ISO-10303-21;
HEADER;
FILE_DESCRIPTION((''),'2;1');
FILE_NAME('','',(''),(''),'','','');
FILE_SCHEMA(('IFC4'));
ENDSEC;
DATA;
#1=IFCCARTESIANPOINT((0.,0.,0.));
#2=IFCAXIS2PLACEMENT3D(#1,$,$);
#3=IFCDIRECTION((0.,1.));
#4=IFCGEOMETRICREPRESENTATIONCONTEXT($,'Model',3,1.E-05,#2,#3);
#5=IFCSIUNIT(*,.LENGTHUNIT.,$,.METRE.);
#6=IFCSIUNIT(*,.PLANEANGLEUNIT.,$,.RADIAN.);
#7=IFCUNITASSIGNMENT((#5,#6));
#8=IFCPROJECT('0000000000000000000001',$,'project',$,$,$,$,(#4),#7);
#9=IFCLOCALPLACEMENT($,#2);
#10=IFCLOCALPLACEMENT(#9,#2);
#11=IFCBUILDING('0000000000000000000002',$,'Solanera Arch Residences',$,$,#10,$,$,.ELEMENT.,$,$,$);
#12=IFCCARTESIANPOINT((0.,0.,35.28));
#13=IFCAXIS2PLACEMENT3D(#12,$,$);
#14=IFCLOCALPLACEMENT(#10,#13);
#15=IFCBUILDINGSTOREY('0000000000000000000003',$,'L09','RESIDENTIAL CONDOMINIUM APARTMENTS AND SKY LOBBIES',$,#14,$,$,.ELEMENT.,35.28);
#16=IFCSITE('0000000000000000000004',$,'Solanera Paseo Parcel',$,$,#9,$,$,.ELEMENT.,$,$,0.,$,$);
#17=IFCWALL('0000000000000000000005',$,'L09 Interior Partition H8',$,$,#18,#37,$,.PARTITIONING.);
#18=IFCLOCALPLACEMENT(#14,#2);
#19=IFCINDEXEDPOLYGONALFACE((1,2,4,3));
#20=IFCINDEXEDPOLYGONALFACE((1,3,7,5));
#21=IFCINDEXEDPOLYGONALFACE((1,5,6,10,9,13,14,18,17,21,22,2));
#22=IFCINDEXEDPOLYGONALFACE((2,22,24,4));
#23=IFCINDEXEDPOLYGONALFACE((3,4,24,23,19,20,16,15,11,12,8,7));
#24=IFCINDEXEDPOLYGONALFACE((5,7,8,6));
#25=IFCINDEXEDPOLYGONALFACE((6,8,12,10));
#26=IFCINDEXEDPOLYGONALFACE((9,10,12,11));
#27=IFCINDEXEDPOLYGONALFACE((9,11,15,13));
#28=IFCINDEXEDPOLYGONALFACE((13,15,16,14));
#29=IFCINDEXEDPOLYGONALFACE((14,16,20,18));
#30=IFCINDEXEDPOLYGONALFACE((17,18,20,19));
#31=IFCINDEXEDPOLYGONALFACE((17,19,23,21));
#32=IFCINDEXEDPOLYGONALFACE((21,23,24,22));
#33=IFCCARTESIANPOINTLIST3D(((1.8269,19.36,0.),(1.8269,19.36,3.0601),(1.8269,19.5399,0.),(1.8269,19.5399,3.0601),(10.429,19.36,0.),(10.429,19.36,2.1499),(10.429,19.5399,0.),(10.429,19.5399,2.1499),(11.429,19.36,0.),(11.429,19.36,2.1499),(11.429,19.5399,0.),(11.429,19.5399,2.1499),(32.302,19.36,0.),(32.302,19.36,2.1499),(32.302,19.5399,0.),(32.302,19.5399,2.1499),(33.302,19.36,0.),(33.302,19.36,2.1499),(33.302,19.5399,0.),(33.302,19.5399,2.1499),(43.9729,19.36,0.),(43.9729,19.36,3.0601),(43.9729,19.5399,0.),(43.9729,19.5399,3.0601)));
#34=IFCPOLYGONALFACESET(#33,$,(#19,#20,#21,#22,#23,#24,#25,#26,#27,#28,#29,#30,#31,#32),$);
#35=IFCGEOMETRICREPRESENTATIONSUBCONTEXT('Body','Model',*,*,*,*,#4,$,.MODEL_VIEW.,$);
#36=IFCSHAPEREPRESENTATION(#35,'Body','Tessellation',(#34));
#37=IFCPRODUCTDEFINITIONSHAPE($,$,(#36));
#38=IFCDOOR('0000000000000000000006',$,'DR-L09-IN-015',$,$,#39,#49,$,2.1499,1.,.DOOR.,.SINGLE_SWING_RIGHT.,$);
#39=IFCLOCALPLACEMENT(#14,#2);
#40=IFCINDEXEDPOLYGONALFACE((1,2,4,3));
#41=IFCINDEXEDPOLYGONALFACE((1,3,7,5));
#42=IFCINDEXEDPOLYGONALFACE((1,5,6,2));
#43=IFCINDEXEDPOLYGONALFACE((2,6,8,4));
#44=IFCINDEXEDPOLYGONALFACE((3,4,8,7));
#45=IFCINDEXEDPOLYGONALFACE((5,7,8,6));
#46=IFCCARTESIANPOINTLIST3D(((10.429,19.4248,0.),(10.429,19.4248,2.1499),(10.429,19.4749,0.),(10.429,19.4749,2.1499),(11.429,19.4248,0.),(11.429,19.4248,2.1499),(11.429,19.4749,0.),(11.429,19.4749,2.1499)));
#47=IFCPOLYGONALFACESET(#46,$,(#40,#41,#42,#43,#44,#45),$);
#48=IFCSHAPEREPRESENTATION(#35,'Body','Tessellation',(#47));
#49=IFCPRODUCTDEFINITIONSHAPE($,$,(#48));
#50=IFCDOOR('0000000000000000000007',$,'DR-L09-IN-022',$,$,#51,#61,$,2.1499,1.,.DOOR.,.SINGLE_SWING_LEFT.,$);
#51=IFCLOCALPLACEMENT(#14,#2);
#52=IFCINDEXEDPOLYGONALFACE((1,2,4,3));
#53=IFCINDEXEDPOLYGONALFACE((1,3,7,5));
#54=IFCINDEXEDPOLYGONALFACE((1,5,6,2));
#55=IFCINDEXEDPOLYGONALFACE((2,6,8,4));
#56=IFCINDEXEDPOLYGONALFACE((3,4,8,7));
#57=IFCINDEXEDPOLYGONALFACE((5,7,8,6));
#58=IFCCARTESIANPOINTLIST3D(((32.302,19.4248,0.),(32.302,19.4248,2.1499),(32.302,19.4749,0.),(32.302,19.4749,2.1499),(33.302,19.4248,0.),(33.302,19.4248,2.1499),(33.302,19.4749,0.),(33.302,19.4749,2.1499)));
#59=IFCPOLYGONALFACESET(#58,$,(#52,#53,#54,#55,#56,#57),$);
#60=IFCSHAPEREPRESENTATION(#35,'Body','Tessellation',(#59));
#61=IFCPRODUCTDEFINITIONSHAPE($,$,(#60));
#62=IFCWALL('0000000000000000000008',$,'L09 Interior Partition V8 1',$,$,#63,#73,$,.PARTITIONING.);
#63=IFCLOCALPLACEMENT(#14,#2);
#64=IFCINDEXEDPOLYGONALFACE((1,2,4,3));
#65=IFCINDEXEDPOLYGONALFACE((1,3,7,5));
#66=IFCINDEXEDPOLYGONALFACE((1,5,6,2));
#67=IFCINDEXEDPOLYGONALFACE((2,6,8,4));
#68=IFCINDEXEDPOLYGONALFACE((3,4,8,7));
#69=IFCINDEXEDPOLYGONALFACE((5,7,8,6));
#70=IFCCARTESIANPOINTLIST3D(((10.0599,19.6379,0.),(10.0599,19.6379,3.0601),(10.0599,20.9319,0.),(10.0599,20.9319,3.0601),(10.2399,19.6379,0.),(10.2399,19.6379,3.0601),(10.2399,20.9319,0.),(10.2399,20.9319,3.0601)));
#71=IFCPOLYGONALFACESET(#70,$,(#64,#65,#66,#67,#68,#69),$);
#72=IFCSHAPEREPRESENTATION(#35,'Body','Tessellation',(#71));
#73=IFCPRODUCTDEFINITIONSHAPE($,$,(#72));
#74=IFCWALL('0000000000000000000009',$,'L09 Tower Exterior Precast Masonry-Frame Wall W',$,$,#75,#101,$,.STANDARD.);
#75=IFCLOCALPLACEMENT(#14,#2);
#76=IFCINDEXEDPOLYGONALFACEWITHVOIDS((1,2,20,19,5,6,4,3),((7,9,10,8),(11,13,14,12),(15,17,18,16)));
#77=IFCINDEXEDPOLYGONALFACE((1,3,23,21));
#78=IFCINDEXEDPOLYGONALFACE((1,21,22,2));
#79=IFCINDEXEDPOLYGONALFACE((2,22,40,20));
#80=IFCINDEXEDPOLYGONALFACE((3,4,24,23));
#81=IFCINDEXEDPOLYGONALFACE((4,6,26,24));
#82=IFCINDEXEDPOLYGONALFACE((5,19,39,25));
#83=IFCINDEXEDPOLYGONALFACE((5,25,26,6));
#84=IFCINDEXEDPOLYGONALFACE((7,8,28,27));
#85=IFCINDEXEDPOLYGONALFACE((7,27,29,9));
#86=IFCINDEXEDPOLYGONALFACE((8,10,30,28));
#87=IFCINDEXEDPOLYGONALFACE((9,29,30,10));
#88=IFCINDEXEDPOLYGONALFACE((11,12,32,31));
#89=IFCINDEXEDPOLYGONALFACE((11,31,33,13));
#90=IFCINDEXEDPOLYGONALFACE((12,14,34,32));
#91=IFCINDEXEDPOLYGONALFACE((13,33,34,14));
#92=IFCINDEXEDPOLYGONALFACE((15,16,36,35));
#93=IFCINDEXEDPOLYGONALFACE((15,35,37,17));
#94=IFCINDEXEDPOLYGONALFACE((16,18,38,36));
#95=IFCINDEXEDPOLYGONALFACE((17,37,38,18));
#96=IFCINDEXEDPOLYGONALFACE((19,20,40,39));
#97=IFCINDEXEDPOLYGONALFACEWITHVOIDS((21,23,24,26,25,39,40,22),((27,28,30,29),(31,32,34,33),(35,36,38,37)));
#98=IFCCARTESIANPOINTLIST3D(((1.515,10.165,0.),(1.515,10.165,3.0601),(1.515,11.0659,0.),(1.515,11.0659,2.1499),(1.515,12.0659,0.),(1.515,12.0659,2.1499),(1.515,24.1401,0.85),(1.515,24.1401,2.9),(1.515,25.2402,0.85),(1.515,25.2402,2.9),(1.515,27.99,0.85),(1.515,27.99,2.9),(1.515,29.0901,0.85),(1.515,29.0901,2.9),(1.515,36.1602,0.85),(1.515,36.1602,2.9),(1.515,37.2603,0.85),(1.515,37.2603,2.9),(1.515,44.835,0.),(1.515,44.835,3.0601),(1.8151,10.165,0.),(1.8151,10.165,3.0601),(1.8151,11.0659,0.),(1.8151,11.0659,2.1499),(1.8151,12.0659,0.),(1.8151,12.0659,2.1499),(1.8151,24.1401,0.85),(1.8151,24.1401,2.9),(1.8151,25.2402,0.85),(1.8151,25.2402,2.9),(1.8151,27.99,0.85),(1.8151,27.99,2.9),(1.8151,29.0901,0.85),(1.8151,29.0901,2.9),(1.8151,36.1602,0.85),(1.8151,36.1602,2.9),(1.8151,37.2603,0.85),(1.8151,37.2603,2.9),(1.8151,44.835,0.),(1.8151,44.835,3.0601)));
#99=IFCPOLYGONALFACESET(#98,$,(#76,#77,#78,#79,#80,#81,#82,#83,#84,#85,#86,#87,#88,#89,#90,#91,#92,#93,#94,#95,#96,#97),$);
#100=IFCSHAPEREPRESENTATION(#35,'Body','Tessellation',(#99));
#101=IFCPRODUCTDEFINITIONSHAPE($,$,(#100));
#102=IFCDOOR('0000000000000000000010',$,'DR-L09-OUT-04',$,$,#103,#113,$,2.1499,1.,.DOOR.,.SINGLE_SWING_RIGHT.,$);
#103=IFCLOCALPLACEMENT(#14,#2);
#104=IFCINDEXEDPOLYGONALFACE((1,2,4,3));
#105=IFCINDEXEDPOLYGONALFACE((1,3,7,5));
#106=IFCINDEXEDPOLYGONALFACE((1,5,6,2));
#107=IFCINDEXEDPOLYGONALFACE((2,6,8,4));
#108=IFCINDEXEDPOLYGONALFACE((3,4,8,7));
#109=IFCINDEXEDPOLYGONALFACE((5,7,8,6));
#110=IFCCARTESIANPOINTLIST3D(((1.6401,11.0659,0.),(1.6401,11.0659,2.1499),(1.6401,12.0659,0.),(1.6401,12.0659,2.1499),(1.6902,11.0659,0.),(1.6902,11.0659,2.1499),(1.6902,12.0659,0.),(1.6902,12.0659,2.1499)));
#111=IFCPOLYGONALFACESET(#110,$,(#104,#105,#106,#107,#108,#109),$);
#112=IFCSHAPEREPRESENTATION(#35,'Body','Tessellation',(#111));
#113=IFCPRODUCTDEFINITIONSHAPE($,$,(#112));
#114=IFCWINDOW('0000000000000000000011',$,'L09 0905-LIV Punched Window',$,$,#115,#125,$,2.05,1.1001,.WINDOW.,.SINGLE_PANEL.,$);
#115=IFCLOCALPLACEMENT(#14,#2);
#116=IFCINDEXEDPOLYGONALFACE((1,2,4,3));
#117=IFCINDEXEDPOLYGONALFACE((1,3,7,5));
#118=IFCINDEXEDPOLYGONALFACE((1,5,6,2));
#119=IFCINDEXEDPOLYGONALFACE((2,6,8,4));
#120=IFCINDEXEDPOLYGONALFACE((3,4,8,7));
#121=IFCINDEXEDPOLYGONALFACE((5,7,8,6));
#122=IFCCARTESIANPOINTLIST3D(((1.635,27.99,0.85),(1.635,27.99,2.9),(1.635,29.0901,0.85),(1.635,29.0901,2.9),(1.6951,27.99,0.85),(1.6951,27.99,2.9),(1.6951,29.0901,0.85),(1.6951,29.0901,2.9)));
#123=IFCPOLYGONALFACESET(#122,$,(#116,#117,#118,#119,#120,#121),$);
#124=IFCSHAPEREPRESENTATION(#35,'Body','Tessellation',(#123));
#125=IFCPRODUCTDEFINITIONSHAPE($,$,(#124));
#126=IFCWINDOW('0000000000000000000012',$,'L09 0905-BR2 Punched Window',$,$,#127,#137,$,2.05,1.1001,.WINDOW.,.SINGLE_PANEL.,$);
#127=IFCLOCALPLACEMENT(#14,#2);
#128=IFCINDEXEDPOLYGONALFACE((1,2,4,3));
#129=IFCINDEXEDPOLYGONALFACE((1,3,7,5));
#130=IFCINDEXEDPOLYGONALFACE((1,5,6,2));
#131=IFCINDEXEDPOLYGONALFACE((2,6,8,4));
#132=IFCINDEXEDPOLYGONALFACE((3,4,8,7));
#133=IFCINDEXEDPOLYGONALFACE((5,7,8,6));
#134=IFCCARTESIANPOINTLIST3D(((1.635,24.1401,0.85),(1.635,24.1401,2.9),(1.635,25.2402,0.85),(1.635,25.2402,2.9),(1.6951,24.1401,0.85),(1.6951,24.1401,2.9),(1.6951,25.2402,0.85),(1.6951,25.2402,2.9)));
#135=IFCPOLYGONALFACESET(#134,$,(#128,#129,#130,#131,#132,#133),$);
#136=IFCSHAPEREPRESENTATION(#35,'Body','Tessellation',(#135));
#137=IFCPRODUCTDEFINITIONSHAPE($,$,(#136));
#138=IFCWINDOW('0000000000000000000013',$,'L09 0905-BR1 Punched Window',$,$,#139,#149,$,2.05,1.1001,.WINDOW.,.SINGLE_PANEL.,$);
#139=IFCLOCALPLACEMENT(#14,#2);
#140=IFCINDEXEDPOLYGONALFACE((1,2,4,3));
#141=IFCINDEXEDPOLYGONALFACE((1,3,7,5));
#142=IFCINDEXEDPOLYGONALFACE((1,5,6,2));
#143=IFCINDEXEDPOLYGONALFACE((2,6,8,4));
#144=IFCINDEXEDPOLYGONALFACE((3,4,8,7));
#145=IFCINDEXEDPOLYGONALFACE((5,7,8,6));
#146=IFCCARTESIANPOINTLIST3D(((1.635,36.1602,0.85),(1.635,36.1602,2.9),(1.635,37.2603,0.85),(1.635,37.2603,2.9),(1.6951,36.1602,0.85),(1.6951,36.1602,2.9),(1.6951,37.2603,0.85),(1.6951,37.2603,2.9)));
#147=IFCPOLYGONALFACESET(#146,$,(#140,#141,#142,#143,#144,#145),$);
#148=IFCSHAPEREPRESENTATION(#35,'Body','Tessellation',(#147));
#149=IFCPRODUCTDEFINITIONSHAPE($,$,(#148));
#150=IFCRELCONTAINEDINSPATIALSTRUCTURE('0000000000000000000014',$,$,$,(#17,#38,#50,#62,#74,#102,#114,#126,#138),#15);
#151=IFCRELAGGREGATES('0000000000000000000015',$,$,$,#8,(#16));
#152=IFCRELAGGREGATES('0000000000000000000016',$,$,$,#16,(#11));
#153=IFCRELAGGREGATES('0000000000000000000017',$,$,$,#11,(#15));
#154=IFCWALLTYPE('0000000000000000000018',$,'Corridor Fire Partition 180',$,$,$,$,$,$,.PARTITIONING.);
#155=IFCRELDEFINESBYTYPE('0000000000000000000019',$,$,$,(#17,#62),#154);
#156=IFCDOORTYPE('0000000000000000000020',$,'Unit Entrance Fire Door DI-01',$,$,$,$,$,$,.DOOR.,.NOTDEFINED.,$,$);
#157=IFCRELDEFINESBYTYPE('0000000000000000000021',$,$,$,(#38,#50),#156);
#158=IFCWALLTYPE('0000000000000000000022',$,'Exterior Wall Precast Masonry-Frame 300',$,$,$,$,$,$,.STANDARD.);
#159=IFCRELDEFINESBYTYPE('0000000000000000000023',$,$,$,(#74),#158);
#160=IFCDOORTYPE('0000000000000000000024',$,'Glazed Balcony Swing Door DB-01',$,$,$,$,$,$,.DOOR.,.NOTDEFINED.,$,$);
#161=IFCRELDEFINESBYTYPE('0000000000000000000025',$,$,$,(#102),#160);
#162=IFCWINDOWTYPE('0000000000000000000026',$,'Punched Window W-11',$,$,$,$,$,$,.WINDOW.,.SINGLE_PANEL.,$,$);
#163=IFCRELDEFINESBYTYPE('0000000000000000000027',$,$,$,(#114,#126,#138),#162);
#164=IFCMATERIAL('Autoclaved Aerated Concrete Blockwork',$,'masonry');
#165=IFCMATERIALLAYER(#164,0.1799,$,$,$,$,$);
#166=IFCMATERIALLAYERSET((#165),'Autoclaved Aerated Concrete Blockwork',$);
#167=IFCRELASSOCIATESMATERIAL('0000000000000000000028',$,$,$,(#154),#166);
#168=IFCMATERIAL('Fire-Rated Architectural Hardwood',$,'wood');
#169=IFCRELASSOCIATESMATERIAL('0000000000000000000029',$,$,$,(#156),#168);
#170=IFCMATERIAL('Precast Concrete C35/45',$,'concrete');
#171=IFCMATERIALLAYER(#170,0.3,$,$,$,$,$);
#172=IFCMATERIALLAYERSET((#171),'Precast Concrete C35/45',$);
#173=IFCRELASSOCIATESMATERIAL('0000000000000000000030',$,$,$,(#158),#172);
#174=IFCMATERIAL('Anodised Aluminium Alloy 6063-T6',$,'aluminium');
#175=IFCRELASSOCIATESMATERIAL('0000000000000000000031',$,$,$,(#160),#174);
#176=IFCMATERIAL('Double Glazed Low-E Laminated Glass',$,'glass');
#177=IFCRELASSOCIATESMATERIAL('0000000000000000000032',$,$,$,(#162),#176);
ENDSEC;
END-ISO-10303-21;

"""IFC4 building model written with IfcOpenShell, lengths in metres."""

from ifc_helpers import new_model, si_unit, direction, frame, frame_2d, origin, place, context, subcontext, project, spatial, rectangle, extrude, material, layer, layer_set, type_object, element, fill, save


model = new_model("IFC4")

# Units and contexts
model_context = context("Model", 3, precision=1e-05, world=origin(), true_north=direction((0.0, 1.0)))
body_context = subcontext(model_context, "Body", "Model", "MODEL_VIEW")
ifc_project = project(units=[si_unit("LENGTHUNIT", "METRE"), si_unit("PLANEANGLEUNIT", "RADIAN")], contexts=[model_context])

# Site, building, storey
site_placement = place(None, origin())
site = spatial("IfcSite", under=ifc_project, at=site_placement, Name="Solanera Paseo Parcel", CompositionType="ELEMENT", RefElevation=0.0)
building_placement = place(site_placement, origin())
building = spatial("IfcBuilding", under=site, at=building_placement, Name="Solanera Arch Residences", CompositionType="ELEMENT")
storey_placement = place(building_placement, frame((0.0, 0.0, 35.28)))
storey = spatial("IfcBuildingStorey", under=building, at=storey_placement, Name="L09", Description="RESIDENTIAL CONDOMINIUM APARTMENTS AND SKY LOBBIES", CompositionType="ELEMENT", Elevation=35.28)

# Wall, openings, doors
ifc_material_1 = material(Name="Autoclaved Aerated Concrete Blockwork", Category="masonry")
ifc_layer_1 = layer(ifc_material_1, 0.1799)
ifc_layer_set_1 = layer_set([ifc_layer_1], Name="Autoclaved Aerated Concrete Blockwork")
wall_type_1 = type_object("IfcWallType", Name="Corridor Fire Partition 180", PredefinedType="PARTITIONING", material=ifc_layer_set_1)
wall_1_placement = place(storey_placement, frame((1.8269, 19.45, 0.0), z_axis=(0.0, 0.0, 1.0), x_axis=(1.0, 0.0, 0.0)))
wall_1 = element("IfcWall", 1, at=wall_1_placement, inside=storey, type_object=wall_type_1, Name="L09 Interior Partition H8", PredefinedType="PARTITIONING", context=body_context, shape_type="SweptSolid", body=[
    extrude(rectangle(XDim=42.146, YDim=0.1799, at=frame_2d((21.073, 0.0))), origin(), (0.0, 0.0, 1.0), 3.0601),
])
opening_1_placement = place(wall_1_placement, frame((8.6021, 0.0, 0.0)))
opening_1 = element("IfcOpeningElement", 2, at=opening_1_placement, cuts=wall_1, PredefinedType="OPENING", context=body_context, shape_type="SweptSolid", body=[
    extrude(rectangle(XDim=1.0, YDim=2.1499, at=frame_2d((0.5, 1.075))), frame((0.0, 0.1001, 0.0), z_axis=(0.0, -1.0, 0.0), x_axis=(1.0, 0.0, 0.0)), (0.0, 0.0, 1.0), 0.1999),
])
opening_2_placement = place(wall_1_placement, frame((30.4751, 0.0, 0.0)))
opening_2 = element("IfcOpeningElement", 3, at=opening_2_placement, cuts=wall_1, PredefinedType="OPENING", context=body_context, shape_type="SweptSolid", body=[
    extrude(rectangle(XDim=1.0, YDim=2.1499, at=frame_2d((0.5, 1.075))), frame((0.0, 0.1001, 0.0), z_axis=(0.0, -1.0, 0.0), x_axis=(1.0, 0.0, 0.0)), (0.0, 0.0, 1.0), 0.1999),
])
ifc_material_2 = material(Name="Fire-Rated Architectural Hardwood", Category="wood")
door_type_1 = type_object("IfcDoorType", Name="Unit Entrance Fire Door DI-01", OperationType="NOTDEFINED", PredefinedType="DOOR", material=ifc_material_2)
door_1_placement = place(opening_1_placement, origin())
door_1 = element("IfcDoor", 4, at=door_1_placement, inside=storey, type_object=door_type_1, Name="DR-L09-IN-015", OperationType="SINGLE_SWING_RIGHT", OverallHeight=2.1499, OverallWidth=1.0, PredefinedType="DOOR", context=body_context, shape_type="SweptSolid", body=[
    extrude(rectangle(XDim=1.0, YDim=2.1499, at=frame_2d((0.5, 1.075))), frame((0.0, 0.0249, 0.0), z_axis=(0.0, -1.0, 0.0), x_axis=(1.0, 0.0, 0.0)), (0.0, 0.0, 1.0), 0.05),
])
fill(opening_1, door_1)
door_2_placement = place(opening_2_placement, origin())
door_2 = element("IfcDoor", 5, at=door_2_placement, inside=storey, type_object=door_type_1, Name="DR-L09-IN-022", OperationType="SINGLE_SWING_LEFT", OverallHeight=2.1499, OverallWidth=1.0, PredefinedType="DOOR", context=body_context, shape_type="SweptSolid", body=[
    extrude(rectangle(XDim=1.0, YDim=2.1499, at=frame_2d((0.5, 1.075))), frame((0.0, 0.0249, 0.0), z_axis=(0.0, -1.0, 0.0), x_axis=(1.0, 0.0, 0.0)), (0.0, 0.0, 1.0), 0.05),
])
fill(opening_2, door_2)

# Wall
wall_2_placement = place(storey_placement, frame((10.1499, 19.6379, 0.0), z_axis=(0.0, 0.0, 1.0), x_axis=(0.0, 1.0, 0.0)))
element("IfcWall", 6, at=wall_2_placement, inside=storey, type_object=wall_type_1, Name="L09 Interior Partition V8 1", PredefinedType="PARTITIONING", context=body_context, shape_type="SweptSolid", body=[
    extrude(rectangle(XDim=1.2939, YDim=0.1799, at=frame_2d((0.647, 0.0))), origin(), (0.0, 0.0, 1.0), 3.0601),
])

# Wall, openings, door, windows
ifc_material_3 = material(Name="Precast Concrete C35/45", Category="concrete")
ifc_layer_2 = layer(ifc_material_3, 0.3)
ifc_layer_set_2 = layer_set([ifc_layer_2], Name="Precast Concrete C35/45")
wall_type_2 = type_object("IfcWallType", Name="Exterior Wall Precast Masonry-Frame 300", PredefinedType="STANDARD", material=ifc_layer_set_2)
wall_3_placement = place(storey_placement, frame((1.665, 10.165, 0.0), z_axis=(0.0, 0.0, 1.0), x_axis=(0.0, 1.0, 0.0)))
wall_3 = element("IfcWall", 7, at=wall_3_placement, inside=storey, type_object=wall_type_2, Name="L09 Tower Exterior Precast Masonry-Frame Wall W", PredefinedType="STANDARD", context=body_context, shape_type="SweptSolid", body=[
    extrude(rectangle(XDim=34.6699, YDim=0.3, at=frame_2d((17.335, 0.0))), origin(), (0.0, 0.0, 1.0), 3.0601),
])
opening_3_placement = place(wall_3_placement, frame((0.9009, 0.0, 0.0)))
opening_3 = element("IfcOpeningElement", 8, at=opening_3_placement, cuts=wall_3, PredefinedType="OPENING", context=body_context, shape_type="SweptSolid", body=[
    extrude(rectangle(XDim=1.0, YDim=2.1499, at=frame_2d((0.5, 1.075))), frame((0.0, 0.1599, 0.0), z_axis=(0.0, -1.0, 0.0), x_axis=(1.0, 0.0, 0.0)), (0.0, 0.0, 1.0), 0.32),
])
opening_4_placement = place(wall_3_placement, frame((17.825, 0.0, 0.8501)))
opening_4 = element("IfcOpeningElement", 9, at=opening_4_placement, cuts=wall_3, PredefinedType="OPENING", context=body_context, shape_type="SweptSolid", body=[
    extrude(rectangle(XDim=1.1001, YDim=2.05, at=frame_2d((0.55, 1.0249))), frame((0.0, 0.1599, 0.0), z_axis=(0.0, -1.0, 0.0), x_axis=(1.0, 0.0, 0.0)), (0.0, 0.0, 1.0), 0.32),
])
opening_5_placement = place(wall_3_placement, frame((13.9751, 0.0, 0.8501)))
opening_5 = element("IfcOpeningElement", 10, at=opening_5_placement, cuts=wall_3, PredefinedType="OPENING", context=body_context, shape_type="SweptSolid", body=[
    extrude(rectangle(XDim=1.1001, YDim=2.05, at=frame_2d((0.55, 1.0249))), frame((0.0, 0.1599, 0.0), z_axis=(0.0, -1.0, 0.0), x_axis=(1.0, 0.0, 0.0)), (0.0, 0.0, 1.0), 0.32),
])
opening_6_placement = place(wall_3_placement, frame((25.9951, 0.0, 0.8501)))
opening_6 = element("IfcOpeningElement", 11, at=opening_6_placement, cuts=wall_3, PredefinedType="OPENING", context=body_context, shape_type="SweptSolid", body=[
    extrude(rectangle(XDim=1.1001, YDim=2.05, at=frame_2d((0.55, 1.0249))), frame((0.0, 0.1599, 0.0), z_axis=(0.0, -1.0, 0.0), x_axis=(1.0, 0.0, 0.0)), (0.0, 0.0, 1.0), 0.32),
])
ifc_material_4 = material(Name="Anodised Aluminium Alloy 6063-T6", Category="aluminium")
door_type_2 = type_object("IfcDoorType", Name="Glazed Balcony Swing Door DB-01", OperationType="NOTDEFINED", PredefinedType="DOOR", material=ifc_material_4)
door_3_placement = place(opening_3_placement, origin())
door_3 = element("IfcDoor", 12, at=door_3_placement, inside=storey, type_object=door_type_2, Name="DR-L09-OUT-04", OperationType="SINGLE_SWING_RIGHT", OverallHeight=2.1499, OverallWidth=1.0, PredefinedType="DOOR", context=body_context, shape_type="SweptSolid", body=[
    extrude(rectangle(XDim=1.0, YDim=2.1499, at=frame_2d((0.5, 1.075))), frame((0.0, 0.0249, 0.0), z_axis=(0.0, -1.0, 0.0), x_axis=(1.0, 0.0, 0.0)), (0.0, 0.0, 1.0), 0.05),
])
fill(opening_3, door_3)
ifc_material_5 = material(Name="Double Glazed Low-E Laminated Glass", Category="glass")
window_type = type_object("IfcWindowType", Name="Punched Window W-11", PartitioningType="SINGLE_PANEL", PredefinedType="WINDOW", material=ifc_material_5)
window_1_placement = place(opening_4_placement, origin())
window_1 = element("IfcWindow", 13, at=window_1_placement, inside=storey, type_object=window_type, Name="L09 0905-LIV Punched Window", OverallHeight=2.05, OverallWidth=1.1001, PartitioningType="SINGLE_PANEL", PredefinedType="WINDOW", context=body_context, shape_type="SweptSolid", body=[
    extrude(rectangle(XDim=1.1001, YDim=2.05, at=frame_2d((0.55, 1.0249))), frame((0.0, 0.03, 0.0), z_axis=(0.0, -1.0, 0.0), x_axis=(1.0, 0.0, 0.0)), (0.0, 0.0, 1.0), 0.0601),
])
fill(opening_4, window_1)
window_2_placement = place(opening_5_placement, origin())
window_2 = element("IfcWindow", 14, at=window_2_placement, inside=storey, type_object=window_type, Name="L09 0905-BR2 Punched Window", OverallHeight=2.05, OverallWidth=1.1001, PartitioningType="SINGLE_PANEL", PredefinedType="WINDOW", context=body_context, shape_type="SweptSolid", body=[
    extrude(rectangle(XDim=1.1001, YDim=2.05, at=frame_2d((0.55, 1.0249))), frame((0.0, 0.03, 0.0), z_axis=(0.0, -1.0, 0.0), x_axis=(1.0, 0.0, 0.0)), (0.0, 0.0, 1.0), 0.0601),
])
fill(opening_5, window_2)
window_3_placement = place(opening_6_placement, origin())
window_3 = element("IfcWindow", 15, at=window_3_placement, inside=storey, type_object=window_type, Name="L09 0905-BR1 Punched Window", OverallHeight=2.05, OverallWidth=1.1001, PartitioningType="SINGLE_PANEL", PredefinedType="WINDOW", context=body_context, shape_type="SweptSolid", body=[
    extrude(rectangle(XDim=1.1001, YDim=2.05, at=frame_2d((0.55, 1.0249))), frame((0.0, 0.03, 0.0), z_axis=(0.0, -1.0, 0.0), x_axis=(1.0, 0.0, 0.0)), (0.0, 0.0, 1.0), 0.0601),
])
fill(opening_6, window_3)

save(model, "model.ifc")
